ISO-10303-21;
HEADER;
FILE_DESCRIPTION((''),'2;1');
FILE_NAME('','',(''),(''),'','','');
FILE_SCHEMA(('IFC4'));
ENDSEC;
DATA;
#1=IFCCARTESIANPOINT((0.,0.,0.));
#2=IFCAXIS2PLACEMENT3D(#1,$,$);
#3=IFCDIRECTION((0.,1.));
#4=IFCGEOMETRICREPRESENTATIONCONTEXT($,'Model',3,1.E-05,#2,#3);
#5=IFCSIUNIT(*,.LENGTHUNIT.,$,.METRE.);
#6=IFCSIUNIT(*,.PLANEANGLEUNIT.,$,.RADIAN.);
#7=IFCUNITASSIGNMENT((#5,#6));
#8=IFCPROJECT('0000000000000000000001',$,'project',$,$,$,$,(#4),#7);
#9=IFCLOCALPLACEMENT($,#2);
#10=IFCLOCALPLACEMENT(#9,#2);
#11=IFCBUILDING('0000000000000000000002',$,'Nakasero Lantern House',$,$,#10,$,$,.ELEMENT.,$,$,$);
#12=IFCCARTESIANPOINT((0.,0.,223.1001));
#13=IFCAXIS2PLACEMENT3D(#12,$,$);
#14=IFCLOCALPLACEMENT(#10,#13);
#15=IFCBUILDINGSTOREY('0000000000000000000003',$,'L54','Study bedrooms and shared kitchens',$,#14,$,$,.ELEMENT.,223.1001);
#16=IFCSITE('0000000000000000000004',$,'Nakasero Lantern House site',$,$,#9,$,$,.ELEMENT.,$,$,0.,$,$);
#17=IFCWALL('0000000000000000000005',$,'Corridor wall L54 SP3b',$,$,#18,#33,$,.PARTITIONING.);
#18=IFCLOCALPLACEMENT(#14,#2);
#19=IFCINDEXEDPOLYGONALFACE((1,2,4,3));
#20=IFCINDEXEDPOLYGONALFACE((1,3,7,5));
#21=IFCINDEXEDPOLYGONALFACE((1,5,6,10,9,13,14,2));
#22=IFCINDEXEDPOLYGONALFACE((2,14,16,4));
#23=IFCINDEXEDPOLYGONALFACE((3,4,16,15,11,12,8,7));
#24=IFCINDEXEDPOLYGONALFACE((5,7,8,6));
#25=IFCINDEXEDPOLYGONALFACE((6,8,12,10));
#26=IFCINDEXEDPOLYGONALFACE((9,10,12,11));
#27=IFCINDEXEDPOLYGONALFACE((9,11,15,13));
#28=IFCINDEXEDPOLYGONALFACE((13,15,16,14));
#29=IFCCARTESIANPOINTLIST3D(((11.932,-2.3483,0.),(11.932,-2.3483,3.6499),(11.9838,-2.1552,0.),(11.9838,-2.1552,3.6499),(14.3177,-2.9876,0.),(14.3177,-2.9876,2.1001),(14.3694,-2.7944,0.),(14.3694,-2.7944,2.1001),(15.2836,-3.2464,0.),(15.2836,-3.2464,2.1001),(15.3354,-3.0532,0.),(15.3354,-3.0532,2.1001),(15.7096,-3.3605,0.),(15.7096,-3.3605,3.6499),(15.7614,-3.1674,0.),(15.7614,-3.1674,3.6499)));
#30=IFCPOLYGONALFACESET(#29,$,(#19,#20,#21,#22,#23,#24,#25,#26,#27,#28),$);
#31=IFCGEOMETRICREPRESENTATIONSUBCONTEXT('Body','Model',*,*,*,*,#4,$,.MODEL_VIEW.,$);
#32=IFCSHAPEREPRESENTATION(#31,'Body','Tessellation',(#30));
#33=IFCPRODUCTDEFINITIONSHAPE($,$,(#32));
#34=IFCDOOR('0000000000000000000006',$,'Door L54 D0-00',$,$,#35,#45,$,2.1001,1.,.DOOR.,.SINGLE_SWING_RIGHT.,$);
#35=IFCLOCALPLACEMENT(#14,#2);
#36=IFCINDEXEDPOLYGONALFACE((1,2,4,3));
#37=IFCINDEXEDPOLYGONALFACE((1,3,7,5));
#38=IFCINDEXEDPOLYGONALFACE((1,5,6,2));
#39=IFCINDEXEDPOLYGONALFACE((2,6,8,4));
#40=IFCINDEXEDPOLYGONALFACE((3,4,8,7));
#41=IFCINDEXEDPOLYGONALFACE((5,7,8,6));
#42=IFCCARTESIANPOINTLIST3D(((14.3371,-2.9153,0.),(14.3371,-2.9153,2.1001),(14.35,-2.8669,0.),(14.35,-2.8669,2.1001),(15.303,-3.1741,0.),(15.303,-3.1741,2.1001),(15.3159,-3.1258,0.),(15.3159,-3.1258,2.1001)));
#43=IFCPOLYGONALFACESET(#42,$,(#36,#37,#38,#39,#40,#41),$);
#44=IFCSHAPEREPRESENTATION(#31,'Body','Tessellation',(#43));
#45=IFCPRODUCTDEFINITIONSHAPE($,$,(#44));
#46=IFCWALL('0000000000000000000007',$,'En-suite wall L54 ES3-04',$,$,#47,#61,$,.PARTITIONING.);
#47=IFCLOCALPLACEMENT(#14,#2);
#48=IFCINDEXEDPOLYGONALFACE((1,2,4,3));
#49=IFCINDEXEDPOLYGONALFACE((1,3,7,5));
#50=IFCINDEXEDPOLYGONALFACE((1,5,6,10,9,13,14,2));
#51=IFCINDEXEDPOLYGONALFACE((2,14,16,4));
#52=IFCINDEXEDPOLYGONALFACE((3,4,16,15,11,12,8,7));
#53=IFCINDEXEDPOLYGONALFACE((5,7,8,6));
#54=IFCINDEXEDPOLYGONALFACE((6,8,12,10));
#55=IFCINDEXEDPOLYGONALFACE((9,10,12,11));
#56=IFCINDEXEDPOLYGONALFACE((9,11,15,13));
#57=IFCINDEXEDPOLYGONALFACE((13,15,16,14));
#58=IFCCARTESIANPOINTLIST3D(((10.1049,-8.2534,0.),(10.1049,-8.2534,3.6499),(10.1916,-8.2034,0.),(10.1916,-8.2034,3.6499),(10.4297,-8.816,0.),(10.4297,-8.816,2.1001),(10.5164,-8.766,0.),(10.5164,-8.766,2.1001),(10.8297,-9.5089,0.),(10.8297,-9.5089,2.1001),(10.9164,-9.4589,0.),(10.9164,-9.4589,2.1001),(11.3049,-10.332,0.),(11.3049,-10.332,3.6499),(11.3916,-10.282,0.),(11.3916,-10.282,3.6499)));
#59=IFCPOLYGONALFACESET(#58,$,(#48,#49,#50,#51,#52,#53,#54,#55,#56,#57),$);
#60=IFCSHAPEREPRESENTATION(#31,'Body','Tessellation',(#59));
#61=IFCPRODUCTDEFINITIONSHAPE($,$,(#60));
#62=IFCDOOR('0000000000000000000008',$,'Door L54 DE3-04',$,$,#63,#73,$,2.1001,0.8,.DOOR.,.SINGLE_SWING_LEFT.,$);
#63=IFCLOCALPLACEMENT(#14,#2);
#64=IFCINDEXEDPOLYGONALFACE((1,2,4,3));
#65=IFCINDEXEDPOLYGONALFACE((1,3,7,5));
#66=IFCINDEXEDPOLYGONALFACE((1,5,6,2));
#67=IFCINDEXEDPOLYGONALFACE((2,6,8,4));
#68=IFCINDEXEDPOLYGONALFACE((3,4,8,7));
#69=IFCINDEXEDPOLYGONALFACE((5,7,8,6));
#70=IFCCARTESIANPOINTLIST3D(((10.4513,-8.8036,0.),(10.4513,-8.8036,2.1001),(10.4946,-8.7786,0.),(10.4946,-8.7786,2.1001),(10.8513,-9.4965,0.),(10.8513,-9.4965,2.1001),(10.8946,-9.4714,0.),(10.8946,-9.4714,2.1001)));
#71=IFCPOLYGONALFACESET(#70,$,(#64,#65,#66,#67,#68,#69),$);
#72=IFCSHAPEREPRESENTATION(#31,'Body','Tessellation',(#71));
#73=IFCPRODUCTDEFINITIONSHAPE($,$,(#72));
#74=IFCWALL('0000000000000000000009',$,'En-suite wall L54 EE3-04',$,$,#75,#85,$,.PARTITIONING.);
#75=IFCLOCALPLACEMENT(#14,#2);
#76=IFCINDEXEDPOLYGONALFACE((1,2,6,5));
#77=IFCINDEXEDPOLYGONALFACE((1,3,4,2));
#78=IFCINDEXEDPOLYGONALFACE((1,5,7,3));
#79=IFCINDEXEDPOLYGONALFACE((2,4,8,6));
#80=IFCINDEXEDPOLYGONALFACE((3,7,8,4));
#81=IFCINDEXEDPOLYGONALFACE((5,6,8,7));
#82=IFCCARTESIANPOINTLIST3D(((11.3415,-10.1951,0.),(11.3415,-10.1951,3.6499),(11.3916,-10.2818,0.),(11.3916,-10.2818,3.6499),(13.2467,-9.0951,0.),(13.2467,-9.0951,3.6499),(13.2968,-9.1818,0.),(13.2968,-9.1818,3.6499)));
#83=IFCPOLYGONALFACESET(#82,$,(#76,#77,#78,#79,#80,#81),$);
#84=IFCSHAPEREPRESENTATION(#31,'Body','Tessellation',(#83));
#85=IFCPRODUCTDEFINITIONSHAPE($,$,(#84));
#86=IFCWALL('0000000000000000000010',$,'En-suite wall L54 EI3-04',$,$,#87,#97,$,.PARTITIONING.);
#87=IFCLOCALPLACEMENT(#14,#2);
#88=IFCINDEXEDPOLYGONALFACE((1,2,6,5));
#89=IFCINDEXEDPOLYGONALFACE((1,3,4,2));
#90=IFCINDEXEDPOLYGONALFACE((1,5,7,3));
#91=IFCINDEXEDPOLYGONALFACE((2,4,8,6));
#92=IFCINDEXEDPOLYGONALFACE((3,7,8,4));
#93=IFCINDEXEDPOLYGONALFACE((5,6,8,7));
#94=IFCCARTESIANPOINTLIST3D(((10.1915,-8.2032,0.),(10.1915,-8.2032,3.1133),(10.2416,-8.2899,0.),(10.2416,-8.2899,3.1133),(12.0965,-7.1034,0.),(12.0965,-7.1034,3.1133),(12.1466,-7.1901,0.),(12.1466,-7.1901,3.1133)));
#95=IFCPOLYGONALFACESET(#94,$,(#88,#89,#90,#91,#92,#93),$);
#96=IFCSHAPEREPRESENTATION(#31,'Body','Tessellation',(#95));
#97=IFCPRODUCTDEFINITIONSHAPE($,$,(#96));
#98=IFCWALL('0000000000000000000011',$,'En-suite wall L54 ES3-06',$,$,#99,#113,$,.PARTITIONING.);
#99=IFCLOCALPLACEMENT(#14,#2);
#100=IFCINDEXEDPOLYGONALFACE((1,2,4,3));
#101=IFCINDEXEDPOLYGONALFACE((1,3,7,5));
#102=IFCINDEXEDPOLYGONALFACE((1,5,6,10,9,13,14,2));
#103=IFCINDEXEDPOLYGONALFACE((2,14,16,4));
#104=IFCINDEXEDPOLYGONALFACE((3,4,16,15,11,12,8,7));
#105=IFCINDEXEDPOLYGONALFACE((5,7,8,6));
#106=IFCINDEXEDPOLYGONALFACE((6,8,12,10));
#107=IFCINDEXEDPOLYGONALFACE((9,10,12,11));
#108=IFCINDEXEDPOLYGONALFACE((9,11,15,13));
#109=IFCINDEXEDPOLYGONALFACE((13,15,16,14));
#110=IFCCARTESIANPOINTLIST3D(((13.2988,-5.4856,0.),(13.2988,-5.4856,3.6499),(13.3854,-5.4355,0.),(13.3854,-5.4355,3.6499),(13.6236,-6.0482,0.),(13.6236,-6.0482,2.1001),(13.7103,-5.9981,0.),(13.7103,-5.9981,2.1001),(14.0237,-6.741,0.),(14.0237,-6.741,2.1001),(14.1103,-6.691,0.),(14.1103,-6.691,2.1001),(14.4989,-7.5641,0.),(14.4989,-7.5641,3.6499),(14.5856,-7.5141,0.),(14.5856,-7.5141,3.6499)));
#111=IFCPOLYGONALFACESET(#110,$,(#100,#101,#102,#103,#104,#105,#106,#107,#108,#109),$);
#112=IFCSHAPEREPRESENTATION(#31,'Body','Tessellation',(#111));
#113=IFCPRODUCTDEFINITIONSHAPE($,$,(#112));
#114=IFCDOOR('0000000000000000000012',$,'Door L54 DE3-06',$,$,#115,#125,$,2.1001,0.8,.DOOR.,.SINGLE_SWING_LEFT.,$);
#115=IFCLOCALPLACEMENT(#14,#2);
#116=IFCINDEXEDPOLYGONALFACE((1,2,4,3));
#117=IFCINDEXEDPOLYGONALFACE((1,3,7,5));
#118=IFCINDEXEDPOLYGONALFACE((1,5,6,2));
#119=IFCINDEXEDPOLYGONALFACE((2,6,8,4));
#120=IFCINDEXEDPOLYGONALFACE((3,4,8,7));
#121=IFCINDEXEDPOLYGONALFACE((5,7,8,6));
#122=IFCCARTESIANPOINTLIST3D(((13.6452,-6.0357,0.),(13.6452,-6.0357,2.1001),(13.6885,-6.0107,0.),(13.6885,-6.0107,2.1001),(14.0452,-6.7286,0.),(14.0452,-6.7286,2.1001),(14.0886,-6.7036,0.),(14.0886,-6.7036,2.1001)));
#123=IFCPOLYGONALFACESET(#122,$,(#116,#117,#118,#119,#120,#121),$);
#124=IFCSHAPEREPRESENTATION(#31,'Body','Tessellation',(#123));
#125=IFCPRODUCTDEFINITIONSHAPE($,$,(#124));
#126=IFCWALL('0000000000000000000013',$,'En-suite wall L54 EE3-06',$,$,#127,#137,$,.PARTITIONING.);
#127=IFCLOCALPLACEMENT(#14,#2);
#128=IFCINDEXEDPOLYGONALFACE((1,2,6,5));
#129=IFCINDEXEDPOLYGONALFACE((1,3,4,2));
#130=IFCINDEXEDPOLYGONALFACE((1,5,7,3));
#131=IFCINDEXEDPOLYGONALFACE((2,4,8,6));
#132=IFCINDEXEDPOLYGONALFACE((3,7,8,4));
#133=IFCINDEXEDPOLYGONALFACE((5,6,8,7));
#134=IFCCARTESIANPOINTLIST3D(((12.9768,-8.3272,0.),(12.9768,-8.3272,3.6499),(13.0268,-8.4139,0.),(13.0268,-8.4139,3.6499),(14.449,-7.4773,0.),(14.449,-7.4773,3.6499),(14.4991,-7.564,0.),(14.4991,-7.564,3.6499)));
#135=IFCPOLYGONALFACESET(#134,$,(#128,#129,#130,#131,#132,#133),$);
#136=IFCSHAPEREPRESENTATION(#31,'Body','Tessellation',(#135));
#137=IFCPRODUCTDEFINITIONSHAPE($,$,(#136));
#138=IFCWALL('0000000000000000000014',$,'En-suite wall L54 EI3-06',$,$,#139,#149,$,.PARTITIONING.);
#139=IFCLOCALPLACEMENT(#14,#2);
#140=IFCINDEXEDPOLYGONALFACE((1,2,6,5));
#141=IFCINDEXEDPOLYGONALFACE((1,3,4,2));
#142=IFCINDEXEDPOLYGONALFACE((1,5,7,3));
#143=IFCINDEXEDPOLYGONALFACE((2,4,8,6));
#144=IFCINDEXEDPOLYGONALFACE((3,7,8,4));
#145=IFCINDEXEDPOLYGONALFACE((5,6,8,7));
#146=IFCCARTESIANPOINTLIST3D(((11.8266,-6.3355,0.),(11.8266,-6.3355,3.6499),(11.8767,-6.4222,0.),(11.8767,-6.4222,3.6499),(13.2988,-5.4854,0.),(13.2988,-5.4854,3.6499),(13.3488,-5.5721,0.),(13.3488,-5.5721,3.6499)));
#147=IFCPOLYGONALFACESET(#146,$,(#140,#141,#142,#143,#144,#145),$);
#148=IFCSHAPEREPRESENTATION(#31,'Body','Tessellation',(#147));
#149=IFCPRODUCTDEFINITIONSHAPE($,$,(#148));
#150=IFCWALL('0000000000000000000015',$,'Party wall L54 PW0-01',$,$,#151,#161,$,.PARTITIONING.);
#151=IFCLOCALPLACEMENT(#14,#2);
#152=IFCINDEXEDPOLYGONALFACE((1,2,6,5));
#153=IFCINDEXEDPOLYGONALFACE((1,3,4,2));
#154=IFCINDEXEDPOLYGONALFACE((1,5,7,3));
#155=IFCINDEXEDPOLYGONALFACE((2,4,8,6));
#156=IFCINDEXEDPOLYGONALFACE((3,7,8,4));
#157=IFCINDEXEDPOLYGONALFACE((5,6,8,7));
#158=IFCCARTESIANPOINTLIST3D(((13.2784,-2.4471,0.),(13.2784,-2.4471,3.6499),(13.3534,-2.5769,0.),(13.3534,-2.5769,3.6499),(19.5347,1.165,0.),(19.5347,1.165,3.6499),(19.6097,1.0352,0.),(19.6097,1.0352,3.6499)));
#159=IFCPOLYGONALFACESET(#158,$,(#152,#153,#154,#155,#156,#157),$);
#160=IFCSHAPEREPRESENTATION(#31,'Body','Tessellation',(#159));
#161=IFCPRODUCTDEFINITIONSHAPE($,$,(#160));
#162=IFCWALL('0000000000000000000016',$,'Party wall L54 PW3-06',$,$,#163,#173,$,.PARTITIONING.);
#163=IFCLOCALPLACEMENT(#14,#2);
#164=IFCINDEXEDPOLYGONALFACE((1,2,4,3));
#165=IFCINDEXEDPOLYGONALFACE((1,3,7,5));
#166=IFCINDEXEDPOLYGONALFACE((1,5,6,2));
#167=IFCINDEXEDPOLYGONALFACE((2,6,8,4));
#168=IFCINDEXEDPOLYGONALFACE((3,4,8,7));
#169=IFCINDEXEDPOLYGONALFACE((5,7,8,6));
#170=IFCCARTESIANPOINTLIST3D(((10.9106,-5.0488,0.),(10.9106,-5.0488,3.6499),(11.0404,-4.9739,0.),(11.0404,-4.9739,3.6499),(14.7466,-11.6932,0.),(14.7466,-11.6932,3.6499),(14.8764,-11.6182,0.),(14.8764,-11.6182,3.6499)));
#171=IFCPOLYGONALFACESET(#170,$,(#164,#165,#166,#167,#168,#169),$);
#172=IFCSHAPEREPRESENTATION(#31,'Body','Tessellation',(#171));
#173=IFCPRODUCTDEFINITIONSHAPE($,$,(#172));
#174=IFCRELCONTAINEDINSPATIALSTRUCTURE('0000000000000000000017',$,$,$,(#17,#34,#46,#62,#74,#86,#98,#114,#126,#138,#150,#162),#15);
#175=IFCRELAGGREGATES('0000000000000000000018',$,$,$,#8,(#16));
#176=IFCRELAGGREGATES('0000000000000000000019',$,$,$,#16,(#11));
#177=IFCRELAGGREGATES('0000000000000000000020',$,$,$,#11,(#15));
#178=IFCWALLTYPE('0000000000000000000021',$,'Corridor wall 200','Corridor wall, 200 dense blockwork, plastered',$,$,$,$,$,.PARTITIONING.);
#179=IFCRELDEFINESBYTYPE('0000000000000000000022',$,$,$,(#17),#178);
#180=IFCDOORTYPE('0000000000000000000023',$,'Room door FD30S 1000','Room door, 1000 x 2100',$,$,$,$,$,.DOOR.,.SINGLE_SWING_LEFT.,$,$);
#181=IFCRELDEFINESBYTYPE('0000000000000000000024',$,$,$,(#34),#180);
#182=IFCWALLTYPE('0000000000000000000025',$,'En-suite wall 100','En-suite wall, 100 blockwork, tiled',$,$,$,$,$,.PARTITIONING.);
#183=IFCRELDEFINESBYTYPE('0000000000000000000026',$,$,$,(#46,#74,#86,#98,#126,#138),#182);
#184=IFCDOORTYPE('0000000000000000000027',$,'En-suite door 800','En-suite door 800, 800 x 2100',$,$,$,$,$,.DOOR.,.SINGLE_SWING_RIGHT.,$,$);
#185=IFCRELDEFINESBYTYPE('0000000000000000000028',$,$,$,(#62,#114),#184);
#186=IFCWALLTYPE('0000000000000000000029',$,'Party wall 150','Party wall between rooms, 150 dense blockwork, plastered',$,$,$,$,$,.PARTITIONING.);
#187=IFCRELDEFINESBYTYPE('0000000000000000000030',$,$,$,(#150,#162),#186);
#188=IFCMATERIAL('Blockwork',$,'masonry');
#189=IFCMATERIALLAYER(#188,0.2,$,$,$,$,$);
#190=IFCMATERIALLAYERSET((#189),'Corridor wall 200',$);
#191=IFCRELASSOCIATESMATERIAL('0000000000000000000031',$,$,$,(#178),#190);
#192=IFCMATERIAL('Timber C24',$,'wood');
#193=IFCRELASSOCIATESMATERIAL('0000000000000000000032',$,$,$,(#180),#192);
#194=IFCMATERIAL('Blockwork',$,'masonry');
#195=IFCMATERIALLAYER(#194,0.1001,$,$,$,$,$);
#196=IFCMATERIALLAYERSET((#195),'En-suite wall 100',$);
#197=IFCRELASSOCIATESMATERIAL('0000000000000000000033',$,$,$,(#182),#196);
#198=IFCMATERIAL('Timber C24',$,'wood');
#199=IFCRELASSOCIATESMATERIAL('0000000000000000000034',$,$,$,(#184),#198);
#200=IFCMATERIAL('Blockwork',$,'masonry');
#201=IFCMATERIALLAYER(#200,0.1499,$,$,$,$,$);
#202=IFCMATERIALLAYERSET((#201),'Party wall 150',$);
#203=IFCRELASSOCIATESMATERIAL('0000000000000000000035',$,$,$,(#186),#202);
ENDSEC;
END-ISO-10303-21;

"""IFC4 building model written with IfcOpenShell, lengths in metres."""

from ifc_helpers import new_model, si_unit, direction, frame, frame_2d, origin, place, context, subcontext, project, spatial, rectangle, extrude, material, layer, layer_set, type_object, element, fill, save


model = new_model("IFC4")

# Units and contexts
model_context = context("Model", 3, precision=1e-05, world=origin(), true_north=direction((0.0, 1.0)))
body_context = subcontext(model_context, "Body", "Model", "MODEL_VIEW")
ifc_project = project(units=[si_unit("LENGTHUNIT", "METRE"), si_unit("PLANEANGLEUNIT", "RADIAN")], contexts=[model_context])

# Site, building, storey
site_placement = place(None, origin())
site = spatial("IfcSite", under=ifc_project, at=site_placement, Name="Nakasero Lantern House site", CompositionType="ELEMENT", RefElevation=0.0)
building_placement = place(site_placement, origin())
building = spatial("IfcBuilding", under=site, at=building_placement, Name="Nakasero Lantern House", CompositionType="ELEMENT")
storey_placement = place(building_placement, frame((0.0, 0.0, 223.1001)))
storey = spatial("IfcBuildingStorey", under=building, at=storey_placement, Name="L54", Description="Study bedrooms and shared kitchens", CompositionType="ELEMENT", Elevation=223.1001)

# Shared definitions
ifc_material_1 = material(Name="Blockwork", Category="masonry")
ifc_layer_1 = layer(ifc_material_1, 0.2)
ifc_layer_set_1 = layer_set([ifc_layer_1], Name="Corridor wall 200")
wall_type_1 = type_object("IfcWallType", Name="Corridor wall 200", Description="Corridor wall, 200 dense blockwork, plastered", PredefinedType="PARTITIONING", material=ifc_layer_set_1)

# Walls, openings, doors
wall_1_placement = place(storey_placement, frame((11.9578, -2.2517, 0.0), z_axis=(0.0, 0.0, 1.0), x_axis=(0.965925, -0.25882, 0.0)))
wall_1 = element("IfcWall", 1, at=wall_1_placement, inside=storey, type_object=wall_type_1, Name="Corridor wall L54 SP3b", PredefinedType="PARTITIONING", context=body_context, shape_type="SweptSolid", body=[
    extrude(rectangle(XDim=3.9109, YDim=0.2, at=frame_2d((1.9556, 0.0))), origin(), (0.0, 0.0, 1.0), 3.6499),
])
opening_1_placement = place(wall_1_placement, frame((2.47, 0.0, 0.0)))
opening_1 = element("IfcOpeningElement", 2, at=opening_1_placement, cuts=wall_1, PredefinedType="OPENING", context=body_context, shape_type="SweptSolid", body=[
    extrude(rectangle(XDim=1.0, YDim=2.1001, at=frame_2d((0.5, 1.05))), frame((0.0, 0.1199, 0.0), z_axis=(0.0, -1.0, 0.0), x_axis=(1.0, 0.0, 0.0)), (0.0, 0.0, 1.0), 0.24),
])
ifc_material_2 = material(Name="Timber C24", Category="wood")
door_type_1 = type_object("IfcDoorType", Name="Room door FD30S 1000", Description="Room door, 1000 x 2100", OperationType="SINGLE_SWING_LEFT", PredefinedType="DOOR", material=ifc_material_2)
door_1_placement = place(opening_1_placement, origin())
door_1 = element("IfcDoor", 3, at=door_1_placement, inside=storey, type_object=door_type_1, Name="Door L54 D0-00", OperationType="SINGLE_SWING_RIGHT", OverallHeight=2.1001, OverallWidth=1.0, PredefinedType="DOOR", context=body_context, shape_type="SweptSolid", body=[
    extrude(rectangle(XDim=1.0, YDim=2.1001, at=frame_2d((0.5, 1.05))), frame((0.0, 0.0249, 0.0), z_axis=(0.0, -1.0, 0.0), x_axis=(1.0, 0.0, 0.0)), (0.0, 0.0, 1.0), 0.05),
])
fill(opening_1, door_1)
ifc_material_3 = material(Name="Blockwork", Category="masonry")
ifc_layer_2 = layer(ifc_material_3, 0.1001)
ifc_layer_set_2 = layer_set([ifc_layer_2], Name="En-suite wall 100")
wall_type_2 = type_object("IfcWallType", Name="En-suite wall 100", Description="En-suite wall, 100 blockwork, tiled", PredefinedType="PARTITIONING", material=ifc_layer_set_2)
wall_2_placement = place(storey_placement, frame((10.1482, -8.2283, 0.0), z_axis=(0.0, 0.0, 1.0), x_axis=(0.499957, -0.86605, 0.0)))
wall_2 = element("IfcWall", 4, at=wall_2_placement, inside=storey, type_object=wall_type_2, Name="En-suite wall L54 ES3-04", PredefinedType="PARTITIONING", context=body_context, shape_type="SweptSolid", body=[
    extrude(rectangle(XDim=2.4001, YDim=0.1001, at=frame_2d((1.2002, 0.0))), origin(), (0.0, 0.0, 1.0), 3.6499),
])
opening_2_placement = place(wall_2_placement, frame((0.6499, 0.0, 0.0)))
opening_2 = element("IfcOpeningElement", 5, at=opening_2_placement, cuts=wall_2, PredefinedType="OPENING", context=body_context, shape_type="SweptSolid", body=[
    extrude(rectangle(XDim=0.8, YDim=2.1001, at=frame_2d((0.3999, 1.05))), frame((0.0, 0.0701, 0.0), z_axis=(0.0, -1.0, 0.0), x_axis=(1.0, 0.0, 0.0)), (0.0, 0.0, 1.0), 0.1401),
])
ifc_material_4 = material(Name="Timber C24", Category="wood")
door_type_2 = type_object("IfcDoorType", Name="En-suite door 800", Description="En-suite door 800, 800 x 2100", OperationType="SINGLE_SWING_RIGHT", PredefinedType="DOOR", material=ifc_material_4)
door_2_placement = place(opening_2_placement, origin())
door_2 = element("IfcDoor", 6, at=door_2_placement, inside=storey, type_object=door_type_2, Name="Door L54 DE3-04", OperationType="SINGLE_SWING_LEFT", OverallHeight=2.1001, OverallWidth=0.8, PredefinedType="DOOR", context=body_context, shape_type="SweptSolid", body=[
    extrude(rectangle(XDim=0.8, YDim=2.1001, at=frame_2d((0.3999, 1.05))), frame((0.0, 0.0249, 0.0), z_axis=(0.0, -1.0, 0.0), x_axis=(1.0, 0.0, 0.0)), (0.0, 0.0, 1.0), 0.05),
])
fill(opening_2, door_2)

# Walls
wall_3_placement = place(storey_placement, frame((11.3665, -10.2385, 0.0), z_axis=(0.0, 0.0, 1.0), x_axis=(0.866008, 0.50003, 0.0)))
element("IfcWall", 7, at=wall_3_placement, inside=storey, type_object=wall_type_2, Name="En-suite wall L54 EE3-04", PredefinedType="PARTITIONING", context=body_context, shape_type="SweptSolid", body=[
    extrude(rectangle(XDim=2.2, YDim=0.1001, at=frame_2d((1.1001, 0.0))), origin(), (0.0, 0.0, 1.0), 3.6499),
])
wall_4_placement = place(storey_placement, frame((10.2166, -8.2466, 0.0), z_axis=(0.0, 0.0, 1.0), x_axis=(0.866028, 0.499995, 0.0)))
element("IfcWall", 8, at=wall_4_placement, inside=storey, type_object=wall_type_2, Name="En-suite wall L54 EI3-04", PredefinedType="PARTITIONING", context=body_context, shape_type="SweptSolid", body=[
    extrude(rectangle(XDim=2.1997, YDim=0.1001, at=frame_2d((1.0999, 0.0))), origin(), (0.0, 0.0, 1.0), 3.1133),
])

# Wall, opening, door
wall_5_placement = place(storey_placement, frame((13.342, -5.4604, 0.0), z_axis=(0.0, 0.0, 1.0), x_axis=(0.500034, -0.866006, 0.0)))
wall_5 = element("IfcWall", 9, at=wall_5_placement, inside=storey, type_object=wall_type_2, Name="En-suite wall L54 ES3-06", PredefinedType="PARTITIONING", context=body_context, shape_type="SweptSolid", body=[
    extrude(rectangle(XDim=2.4001, YDim=0.1001, at=frame_2d((1.2002, 0.0))), origin(), (0.0, 0.0, 1.0), 3.6499),
])
opening_3_placement = place(wall_5_placement, frame((0.6499, 0.0, 0.0)))
opening_3 = element("IfcOpeningElement", 10, at=opening_3_placement, cuts=wall_5, PredefinedType="OPENING", context=body_context, shape_type="SweptSolid", body=[
    extrude(rectangle(XDim=0.8, YDim=2.1001, at=frame_2d((0.3999, 1.05))), frame((0.0, 0.0701, 0.0), z_axis=(0.0, -1.0, 0.0), x_axis=(1.0, 0.0, 0.0)), (0.0, 0.0, 1.0), 0.1401),
])
door_3_placement = place(opening_3_placement, origin())
door_3 = element("IfcDoor", 11, at=door_3_placement, inside=storey, type_object=door_type_2, Name="Door L54 DE3-06", OperationType="SINGLE_SWING_LEFT", OverallHeight=2.1001, OverallWidth=0.8, PredefinedType="DOOR", context=body_context, shape_type="SweptSolid", body=[
    extrude(rectangle(XDim=0.8, YDim=2.1001, at=frame_2d((0.3999, 1.05))), frame((0.0, 0.0249, 0.0), z_axis=(0.0, -1.0, 0.0), x_axis=(1.0, 0.0, 0.0)), (0.0, 0.0, 1.0), 0.05),
])
fill(opening_3, door_3)

# Walls
for number, where, z_axis, x_axis, name in (
    (12, (13.0017, -8.3706, 0.0), (0.0, 0.0, 1.0), (0.866052, 0.499955, 0.0), "En-suite wall L54 EE3-06"),
    (13, (11.8516, -6.3789, 0.0), (0.0, 0.0, 1.0), (0.865989, 0.500062, 0.0), "En-suite wall L54 EI3-06"),
):
    element("IfcWall", number, at=place(storey_placement, frame(where, z_axis=z_axis, x_axis=x_axis)), inside=storey, type_object=wall_type_2, Name=name, PredefinedType="PARTITIONING", context=body_context, shape_type="SweptSolid", body=[
        extrude(rectangle(XDim=1.7, YDim=0.1001, at=frame_2d((0.8501, 0.0))), origin(), (0.0, 0.0, 1.0), 3.6499),
    ])
ifc_material_5 = material(Name="Blockwork", Category="masonry")
ifc_layer_3 = layer(ifc_material_5, 0.1499)
ifc_layer_set_3 = layer_set([ifc_layer_3], Name="Party wall 150")
wall_type_3 = type_object("IfcWallType", Name="Party wall 150", Description="Party wall between rooms, 150 dense blockwork, plastered", PredefinedType="PARTITIONING", material=ifc_layer_set_3)
wall_6_placement = place(storey_placement, frame((13.3159, -2.512, 0.0), z_axis=(0.0, 0.0, 1.0), x_axis=(0.866028, 0.499995, 0.0)))
element("IfcWall", 14, at=wall_6_placement, inside=storey, type_object=wall_type_3, Name="Party wall L54 PW0-01", PredefinedType="PARTITIONING", context=body_context, shape_type="SweptSolid", body=[
    extrude(rectangle(XDim=7.2241, YDim=0.1499, at=frame_2d((3.6121, 0.0))), origin(), (0.0, 0.0, 1.0), 3.6499),
])
wall_7_placement = place(storey_placement, frame((10.9756, -5.0115, 0.0), z_axis=(0.0, 0.0, 1.0), x_axis=(0.499986, -0.866034, 0.0)))
element("IfcWall", 15, at=wall_7_placement, inside=storey, type_object=wall_type_3, Name="Party wall L54 PW3-06", PredefinedType="PARTITIONING", context=body_context, shape_type="SweptSolid", body=[
    extrude(rectangle(XDim=7.6721, YDim=0.1499, at=frame_2d((3.8359, 0.0))), origin(), (0.0, 0.0, 1.0), 3.6499),
])

save(model, "model.ifc")
